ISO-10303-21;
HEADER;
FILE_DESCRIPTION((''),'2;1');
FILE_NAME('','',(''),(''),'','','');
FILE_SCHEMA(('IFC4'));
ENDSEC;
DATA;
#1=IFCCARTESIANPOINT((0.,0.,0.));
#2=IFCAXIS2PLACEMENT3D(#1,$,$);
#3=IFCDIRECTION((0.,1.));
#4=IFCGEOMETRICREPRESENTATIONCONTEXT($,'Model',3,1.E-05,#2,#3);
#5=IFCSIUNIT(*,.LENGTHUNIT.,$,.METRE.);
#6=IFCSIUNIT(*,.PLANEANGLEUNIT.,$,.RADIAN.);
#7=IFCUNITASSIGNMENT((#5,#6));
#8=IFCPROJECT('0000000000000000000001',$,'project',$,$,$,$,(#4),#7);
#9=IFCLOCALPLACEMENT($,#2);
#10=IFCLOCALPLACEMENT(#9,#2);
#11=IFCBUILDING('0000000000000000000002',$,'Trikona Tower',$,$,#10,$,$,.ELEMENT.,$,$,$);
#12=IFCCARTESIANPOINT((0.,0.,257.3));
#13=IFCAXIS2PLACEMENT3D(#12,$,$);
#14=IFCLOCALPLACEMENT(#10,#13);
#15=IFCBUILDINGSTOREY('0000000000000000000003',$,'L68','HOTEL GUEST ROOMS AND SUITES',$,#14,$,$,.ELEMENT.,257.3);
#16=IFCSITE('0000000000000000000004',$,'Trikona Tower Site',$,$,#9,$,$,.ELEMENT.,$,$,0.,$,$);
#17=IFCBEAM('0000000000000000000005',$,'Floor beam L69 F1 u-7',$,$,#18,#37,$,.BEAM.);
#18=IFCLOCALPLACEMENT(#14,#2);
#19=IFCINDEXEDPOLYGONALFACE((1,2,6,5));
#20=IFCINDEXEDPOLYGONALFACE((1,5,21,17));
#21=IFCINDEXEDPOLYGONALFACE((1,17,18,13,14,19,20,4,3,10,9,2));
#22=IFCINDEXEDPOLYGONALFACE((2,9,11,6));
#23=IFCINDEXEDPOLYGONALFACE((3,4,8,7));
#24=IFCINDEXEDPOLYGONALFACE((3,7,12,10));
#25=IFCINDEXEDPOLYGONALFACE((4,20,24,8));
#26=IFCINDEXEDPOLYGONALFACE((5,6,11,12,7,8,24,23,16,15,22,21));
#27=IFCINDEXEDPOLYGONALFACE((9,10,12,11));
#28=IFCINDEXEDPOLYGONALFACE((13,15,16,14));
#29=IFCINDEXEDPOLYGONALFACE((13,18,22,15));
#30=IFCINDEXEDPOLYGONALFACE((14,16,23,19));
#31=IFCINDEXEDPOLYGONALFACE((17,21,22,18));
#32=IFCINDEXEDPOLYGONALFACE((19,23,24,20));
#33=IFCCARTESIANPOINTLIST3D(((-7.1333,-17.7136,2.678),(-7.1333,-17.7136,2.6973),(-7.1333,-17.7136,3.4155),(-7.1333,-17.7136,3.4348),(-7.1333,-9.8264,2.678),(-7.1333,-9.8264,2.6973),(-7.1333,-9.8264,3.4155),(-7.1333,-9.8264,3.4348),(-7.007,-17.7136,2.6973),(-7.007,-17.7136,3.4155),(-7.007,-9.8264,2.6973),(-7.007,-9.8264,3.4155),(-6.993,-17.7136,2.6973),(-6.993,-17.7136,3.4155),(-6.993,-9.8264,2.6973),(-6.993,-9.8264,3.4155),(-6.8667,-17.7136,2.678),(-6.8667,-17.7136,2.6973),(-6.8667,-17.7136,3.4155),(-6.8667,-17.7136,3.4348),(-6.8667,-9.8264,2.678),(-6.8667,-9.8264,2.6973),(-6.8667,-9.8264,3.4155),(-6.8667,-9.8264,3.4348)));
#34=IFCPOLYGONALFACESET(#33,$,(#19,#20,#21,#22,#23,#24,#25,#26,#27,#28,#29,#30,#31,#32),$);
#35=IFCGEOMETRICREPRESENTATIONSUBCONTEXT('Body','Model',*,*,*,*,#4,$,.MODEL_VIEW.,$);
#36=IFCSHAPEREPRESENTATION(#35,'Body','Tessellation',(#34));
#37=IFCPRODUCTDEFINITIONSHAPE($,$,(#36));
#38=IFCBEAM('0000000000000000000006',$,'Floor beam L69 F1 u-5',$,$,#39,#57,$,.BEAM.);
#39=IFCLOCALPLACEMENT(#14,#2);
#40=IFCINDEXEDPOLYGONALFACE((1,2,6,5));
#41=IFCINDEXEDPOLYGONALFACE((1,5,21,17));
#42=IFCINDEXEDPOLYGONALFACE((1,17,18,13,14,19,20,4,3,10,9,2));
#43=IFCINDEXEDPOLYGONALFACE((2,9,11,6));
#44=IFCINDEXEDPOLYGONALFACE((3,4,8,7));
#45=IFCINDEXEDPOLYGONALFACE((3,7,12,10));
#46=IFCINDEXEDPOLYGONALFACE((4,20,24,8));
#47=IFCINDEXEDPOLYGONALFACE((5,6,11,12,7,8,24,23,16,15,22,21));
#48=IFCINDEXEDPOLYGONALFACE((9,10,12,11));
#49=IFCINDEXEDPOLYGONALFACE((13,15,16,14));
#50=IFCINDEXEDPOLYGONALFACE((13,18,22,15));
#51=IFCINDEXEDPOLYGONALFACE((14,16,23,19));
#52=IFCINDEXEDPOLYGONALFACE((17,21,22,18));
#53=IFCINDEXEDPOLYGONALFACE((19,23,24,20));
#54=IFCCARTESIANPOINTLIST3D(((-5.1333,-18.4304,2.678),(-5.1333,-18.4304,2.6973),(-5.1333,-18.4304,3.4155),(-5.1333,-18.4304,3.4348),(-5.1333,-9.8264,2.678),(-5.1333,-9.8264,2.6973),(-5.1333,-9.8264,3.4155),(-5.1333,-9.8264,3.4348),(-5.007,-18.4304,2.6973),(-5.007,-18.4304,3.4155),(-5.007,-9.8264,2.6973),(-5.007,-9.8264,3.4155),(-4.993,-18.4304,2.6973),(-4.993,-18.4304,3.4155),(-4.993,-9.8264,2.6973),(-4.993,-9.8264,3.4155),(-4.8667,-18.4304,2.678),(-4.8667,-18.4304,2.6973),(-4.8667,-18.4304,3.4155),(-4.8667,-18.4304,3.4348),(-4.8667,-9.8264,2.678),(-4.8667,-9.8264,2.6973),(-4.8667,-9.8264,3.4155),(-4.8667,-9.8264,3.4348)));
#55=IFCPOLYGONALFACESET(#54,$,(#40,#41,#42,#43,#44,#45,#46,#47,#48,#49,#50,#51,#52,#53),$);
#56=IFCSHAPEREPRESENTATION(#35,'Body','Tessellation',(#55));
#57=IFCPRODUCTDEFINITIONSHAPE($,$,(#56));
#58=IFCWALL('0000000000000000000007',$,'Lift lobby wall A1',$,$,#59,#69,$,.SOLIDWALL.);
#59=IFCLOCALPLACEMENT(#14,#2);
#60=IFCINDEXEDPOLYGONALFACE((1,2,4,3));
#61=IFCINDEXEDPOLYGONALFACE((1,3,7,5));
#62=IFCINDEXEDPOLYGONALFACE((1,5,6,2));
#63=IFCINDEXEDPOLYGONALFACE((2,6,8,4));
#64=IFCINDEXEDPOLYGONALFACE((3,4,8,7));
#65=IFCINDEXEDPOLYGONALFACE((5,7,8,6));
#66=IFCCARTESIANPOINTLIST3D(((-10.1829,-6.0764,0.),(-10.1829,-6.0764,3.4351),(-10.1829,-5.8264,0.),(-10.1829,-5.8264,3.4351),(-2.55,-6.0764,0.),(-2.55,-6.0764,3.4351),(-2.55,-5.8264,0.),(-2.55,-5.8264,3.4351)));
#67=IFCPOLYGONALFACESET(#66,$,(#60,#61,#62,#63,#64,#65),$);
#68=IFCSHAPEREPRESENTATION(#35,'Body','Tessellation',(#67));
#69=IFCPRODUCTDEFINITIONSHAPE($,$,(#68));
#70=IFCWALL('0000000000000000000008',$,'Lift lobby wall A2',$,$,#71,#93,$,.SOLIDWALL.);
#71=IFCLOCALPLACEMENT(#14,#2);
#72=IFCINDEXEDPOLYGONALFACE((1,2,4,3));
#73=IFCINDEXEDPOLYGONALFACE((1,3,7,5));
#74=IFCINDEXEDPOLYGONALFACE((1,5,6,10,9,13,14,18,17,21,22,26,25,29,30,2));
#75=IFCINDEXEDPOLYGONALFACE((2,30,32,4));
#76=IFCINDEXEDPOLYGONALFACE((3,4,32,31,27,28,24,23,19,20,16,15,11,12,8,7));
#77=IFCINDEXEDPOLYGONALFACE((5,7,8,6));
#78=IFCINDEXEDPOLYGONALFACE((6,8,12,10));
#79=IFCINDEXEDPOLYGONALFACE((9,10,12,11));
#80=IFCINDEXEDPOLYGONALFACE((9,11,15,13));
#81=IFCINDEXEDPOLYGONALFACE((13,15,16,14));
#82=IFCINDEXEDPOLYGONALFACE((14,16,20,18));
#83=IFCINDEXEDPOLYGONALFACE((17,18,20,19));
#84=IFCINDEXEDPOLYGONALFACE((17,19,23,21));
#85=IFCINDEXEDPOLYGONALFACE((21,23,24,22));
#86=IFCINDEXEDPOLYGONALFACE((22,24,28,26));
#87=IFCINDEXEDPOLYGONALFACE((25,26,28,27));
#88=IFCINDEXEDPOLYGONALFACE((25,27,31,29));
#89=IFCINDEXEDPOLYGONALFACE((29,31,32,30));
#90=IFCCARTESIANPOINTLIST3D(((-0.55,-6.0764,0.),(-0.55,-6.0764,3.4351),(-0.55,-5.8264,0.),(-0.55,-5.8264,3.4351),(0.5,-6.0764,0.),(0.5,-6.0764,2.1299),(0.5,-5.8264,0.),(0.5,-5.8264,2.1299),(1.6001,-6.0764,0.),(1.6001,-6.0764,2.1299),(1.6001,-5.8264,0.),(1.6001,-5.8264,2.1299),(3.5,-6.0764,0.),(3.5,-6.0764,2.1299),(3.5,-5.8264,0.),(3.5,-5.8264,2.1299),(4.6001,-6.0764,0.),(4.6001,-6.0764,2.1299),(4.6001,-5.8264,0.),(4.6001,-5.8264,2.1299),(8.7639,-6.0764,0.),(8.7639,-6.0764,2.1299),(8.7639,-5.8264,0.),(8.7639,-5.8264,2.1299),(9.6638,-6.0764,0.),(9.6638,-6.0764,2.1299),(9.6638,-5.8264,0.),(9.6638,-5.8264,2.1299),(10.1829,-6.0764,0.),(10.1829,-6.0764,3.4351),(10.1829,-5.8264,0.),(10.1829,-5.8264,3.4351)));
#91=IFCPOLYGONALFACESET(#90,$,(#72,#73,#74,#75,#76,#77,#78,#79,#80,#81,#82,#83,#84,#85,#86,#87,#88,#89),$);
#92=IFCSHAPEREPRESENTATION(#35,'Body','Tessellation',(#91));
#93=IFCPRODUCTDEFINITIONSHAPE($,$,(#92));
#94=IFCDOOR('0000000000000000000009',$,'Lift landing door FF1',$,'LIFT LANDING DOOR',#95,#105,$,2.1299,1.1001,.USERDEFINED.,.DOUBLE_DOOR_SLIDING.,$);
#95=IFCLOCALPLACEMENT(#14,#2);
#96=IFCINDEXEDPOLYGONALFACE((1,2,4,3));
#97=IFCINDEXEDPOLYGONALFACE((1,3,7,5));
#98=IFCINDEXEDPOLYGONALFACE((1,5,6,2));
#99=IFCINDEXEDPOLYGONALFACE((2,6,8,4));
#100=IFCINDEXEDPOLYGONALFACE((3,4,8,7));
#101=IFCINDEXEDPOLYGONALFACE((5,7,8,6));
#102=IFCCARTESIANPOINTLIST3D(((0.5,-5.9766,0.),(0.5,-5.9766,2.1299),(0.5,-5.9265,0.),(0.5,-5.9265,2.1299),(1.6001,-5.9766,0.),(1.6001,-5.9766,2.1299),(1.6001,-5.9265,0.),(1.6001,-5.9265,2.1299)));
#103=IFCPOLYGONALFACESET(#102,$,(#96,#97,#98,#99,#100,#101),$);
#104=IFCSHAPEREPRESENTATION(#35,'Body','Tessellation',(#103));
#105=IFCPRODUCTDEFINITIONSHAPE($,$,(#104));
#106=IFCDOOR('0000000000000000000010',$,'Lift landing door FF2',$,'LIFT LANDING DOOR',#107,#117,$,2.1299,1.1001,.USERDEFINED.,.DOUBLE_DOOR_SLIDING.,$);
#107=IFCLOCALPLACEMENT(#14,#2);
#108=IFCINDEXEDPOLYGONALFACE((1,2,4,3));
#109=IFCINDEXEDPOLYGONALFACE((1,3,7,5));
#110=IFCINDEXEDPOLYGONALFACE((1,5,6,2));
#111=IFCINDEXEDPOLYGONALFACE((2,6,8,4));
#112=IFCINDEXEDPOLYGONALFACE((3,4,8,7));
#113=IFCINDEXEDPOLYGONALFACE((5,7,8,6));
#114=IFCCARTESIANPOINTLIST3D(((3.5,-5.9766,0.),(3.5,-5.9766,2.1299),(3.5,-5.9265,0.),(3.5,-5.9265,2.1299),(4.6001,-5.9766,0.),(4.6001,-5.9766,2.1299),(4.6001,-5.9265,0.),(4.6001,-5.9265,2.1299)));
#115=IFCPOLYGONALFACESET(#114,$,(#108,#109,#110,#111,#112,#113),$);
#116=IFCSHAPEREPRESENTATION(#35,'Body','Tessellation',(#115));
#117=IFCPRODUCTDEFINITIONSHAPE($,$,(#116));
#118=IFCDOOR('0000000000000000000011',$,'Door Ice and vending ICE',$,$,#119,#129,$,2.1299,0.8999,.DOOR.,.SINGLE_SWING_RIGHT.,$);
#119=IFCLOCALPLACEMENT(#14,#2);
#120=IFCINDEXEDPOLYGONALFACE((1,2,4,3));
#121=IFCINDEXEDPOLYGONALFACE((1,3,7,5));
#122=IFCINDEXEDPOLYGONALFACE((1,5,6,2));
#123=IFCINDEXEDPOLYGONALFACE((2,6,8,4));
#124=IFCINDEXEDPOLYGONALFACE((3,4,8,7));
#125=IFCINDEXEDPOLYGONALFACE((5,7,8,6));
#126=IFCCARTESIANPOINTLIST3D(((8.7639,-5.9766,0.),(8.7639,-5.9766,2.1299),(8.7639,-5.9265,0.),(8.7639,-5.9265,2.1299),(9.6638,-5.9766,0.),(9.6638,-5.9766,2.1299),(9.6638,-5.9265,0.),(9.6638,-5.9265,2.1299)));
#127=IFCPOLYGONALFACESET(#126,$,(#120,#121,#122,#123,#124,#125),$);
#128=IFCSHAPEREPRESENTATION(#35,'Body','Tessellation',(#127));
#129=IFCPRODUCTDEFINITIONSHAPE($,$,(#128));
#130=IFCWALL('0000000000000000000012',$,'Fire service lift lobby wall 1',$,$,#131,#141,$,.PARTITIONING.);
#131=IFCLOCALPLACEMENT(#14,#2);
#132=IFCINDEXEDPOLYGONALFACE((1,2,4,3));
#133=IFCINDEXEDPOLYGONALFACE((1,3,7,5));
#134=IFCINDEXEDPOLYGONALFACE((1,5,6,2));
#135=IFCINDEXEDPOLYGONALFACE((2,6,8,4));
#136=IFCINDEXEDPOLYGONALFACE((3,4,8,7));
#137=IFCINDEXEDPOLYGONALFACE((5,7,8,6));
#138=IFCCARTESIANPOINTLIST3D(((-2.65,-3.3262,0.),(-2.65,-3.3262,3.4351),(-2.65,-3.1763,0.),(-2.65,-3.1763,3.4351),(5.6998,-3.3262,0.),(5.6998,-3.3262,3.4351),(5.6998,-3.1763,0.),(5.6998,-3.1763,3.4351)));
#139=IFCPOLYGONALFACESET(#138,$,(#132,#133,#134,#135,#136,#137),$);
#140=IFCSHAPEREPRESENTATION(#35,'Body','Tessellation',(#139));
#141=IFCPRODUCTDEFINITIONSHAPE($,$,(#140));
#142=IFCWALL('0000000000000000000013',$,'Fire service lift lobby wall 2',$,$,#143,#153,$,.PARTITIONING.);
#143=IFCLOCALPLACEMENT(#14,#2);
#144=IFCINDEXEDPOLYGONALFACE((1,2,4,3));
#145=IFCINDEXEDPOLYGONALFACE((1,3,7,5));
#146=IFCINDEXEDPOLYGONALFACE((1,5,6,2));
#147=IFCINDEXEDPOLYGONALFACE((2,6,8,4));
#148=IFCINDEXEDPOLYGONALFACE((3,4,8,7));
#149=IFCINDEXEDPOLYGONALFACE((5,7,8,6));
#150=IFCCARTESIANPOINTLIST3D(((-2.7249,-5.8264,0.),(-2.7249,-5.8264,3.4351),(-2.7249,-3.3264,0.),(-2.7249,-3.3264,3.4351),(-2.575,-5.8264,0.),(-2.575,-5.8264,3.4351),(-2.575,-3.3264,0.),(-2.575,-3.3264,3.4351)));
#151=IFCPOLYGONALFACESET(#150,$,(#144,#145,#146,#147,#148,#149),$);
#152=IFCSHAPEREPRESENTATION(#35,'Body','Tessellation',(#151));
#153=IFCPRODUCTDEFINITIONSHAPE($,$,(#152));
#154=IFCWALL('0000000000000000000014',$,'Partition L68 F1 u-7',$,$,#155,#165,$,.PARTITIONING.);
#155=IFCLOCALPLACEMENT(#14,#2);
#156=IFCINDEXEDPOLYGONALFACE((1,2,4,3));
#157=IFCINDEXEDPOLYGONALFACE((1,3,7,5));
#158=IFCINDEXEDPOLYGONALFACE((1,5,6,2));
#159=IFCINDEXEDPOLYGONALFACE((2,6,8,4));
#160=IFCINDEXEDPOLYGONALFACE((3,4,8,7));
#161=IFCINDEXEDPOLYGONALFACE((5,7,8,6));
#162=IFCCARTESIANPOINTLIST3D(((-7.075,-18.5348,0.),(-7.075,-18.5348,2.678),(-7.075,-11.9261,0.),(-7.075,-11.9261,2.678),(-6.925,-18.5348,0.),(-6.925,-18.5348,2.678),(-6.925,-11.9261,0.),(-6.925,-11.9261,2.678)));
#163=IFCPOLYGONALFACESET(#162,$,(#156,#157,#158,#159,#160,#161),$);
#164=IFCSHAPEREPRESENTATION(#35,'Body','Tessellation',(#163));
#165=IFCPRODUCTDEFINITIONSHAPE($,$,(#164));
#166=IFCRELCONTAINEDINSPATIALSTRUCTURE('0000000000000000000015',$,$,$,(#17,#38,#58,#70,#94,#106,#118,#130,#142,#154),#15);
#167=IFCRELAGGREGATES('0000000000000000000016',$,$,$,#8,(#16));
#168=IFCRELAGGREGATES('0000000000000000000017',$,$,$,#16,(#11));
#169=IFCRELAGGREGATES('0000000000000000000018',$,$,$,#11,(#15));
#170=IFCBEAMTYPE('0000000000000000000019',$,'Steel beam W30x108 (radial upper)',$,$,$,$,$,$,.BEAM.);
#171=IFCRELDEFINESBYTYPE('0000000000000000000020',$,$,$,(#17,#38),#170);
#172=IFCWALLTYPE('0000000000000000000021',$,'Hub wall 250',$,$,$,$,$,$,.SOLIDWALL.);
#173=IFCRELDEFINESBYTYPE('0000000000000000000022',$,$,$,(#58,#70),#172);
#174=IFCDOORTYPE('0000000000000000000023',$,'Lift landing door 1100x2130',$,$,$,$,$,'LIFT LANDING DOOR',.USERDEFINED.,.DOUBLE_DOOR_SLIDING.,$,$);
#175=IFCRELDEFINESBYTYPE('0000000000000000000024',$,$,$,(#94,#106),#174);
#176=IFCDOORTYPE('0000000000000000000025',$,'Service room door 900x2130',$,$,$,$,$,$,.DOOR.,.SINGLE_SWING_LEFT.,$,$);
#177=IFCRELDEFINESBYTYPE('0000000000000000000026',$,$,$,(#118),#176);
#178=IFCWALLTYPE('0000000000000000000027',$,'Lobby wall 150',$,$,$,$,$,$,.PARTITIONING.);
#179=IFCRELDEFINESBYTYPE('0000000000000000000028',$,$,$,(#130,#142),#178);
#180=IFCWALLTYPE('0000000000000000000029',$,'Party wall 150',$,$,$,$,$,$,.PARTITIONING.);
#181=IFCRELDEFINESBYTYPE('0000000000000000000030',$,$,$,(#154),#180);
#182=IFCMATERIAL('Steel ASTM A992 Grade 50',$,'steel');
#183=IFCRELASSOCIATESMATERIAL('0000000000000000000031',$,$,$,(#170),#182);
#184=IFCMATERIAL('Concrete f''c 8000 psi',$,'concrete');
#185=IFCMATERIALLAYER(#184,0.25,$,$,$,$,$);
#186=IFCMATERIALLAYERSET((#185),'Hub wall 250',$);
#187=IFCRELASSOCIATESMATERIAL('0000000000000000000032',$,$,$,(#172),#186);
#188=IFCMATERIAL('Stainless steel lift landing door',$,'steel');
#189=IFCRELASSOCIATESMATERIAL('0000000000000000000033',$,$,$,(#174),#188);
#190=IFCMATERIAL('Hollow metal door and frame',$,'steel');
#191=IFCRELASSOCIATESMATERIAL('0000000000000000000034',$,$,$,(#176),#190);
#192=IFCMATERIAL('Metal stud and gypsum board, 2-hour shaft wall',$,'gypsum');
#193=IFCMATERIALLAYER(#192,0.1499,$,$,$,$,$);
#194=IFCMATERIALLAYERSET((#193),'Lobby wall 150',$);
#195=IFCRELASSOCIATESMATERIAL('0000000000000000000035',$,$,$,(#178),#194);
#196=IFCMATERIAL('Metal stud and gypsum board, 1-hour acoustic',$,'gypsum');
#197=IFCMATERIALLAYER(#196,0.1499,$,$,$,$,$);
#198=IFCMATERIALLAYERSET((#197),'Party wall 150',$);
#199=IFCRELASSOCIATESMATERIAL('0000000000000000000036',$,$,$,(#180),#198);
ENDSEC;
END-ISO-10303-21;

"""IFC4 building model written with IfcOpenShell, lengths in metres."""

from ifc_helpers import new_model, si_unit, direction, frame, frame_2d, origin, origin_2d, place, context, subcontext, project, spatial, rectangle, i_section, extrude, material, layer, layer_set, material_profile, profile_set, type_object, element, fill, save


model = new_model("IFC4")

# Units and contexts
model_context = context("Model", 3, precision=1e-05, world=origin(), true_north=direction((0.0, 1.0)))
body_context = subcontext(model_context, "Body", "Model", "MODEL_VIEW")
ifc_project = project(units=[si_unit("LENGTHUNIT", "METRE"), si_unit("PLANEANGLEUNIT", "RADIAN")], contexts=[model_context])

# Site, building, storey
site_placement = place(None, origin())
site = spatial("IfcSite", under=ifc_project, at=site_placement, Name="Trikona Tower Site", CompositionType="ELEMENT", RefElevation=0.0)
building_placement = place(site_placement, origin())
building = spatial("IfcBuilding", under=site, at=building_placement, Name="Trikona Tower", CompositionType="ELEMENT")
storey_placement = place(building_placement, frame((0.0, 0.0, 257.3)))
storey = spatial("IfcBuildingStorey", under=building, at=storey_placement, Name="L68", Description="HOTEL GUEST ROOMS AND SUITES", CompositionType="ELEMENT", Elevation=257.3)

# Beams
ifc_material_1 = material(Name="Steel ASTM A992 Grade 50", Category="steel")
ifc_material_profile = material_profile(ifc_material_1, i_section(OverallWidth=0.2666, OverallDepth=0.7568, WebThickness=0.0139, FlangeThickness=0.0193, at=origin_2d()), Name="W30X108")
ifc_profile_set = profile_set([ifc_material_profile], Name="Steel ASTM A992 Grade 50")
beam_type = type_object("IfcBeamType", Name="Steel beam W30x108 (radial upper)", PredefinedType="BEAM", material=ifc_profile_set)
beam_1_placement = place(storey_placement, frame((-7.0, -9.8264, 3.0564), z_axis=(0.0, -1.0, 0.0), x_axis=(1.0, 0.0, 0.0)))
element("IfcBeam", 1, at=beam_1_placement, inside=storey, type_object=beam_type, Name="Floor beam L69 F1 u-7", PredefinedType="BEAM", context=body_context, shape_type="SweptSolid", body=[
    extrude(i_section(OverallWidth=0.2666, OverallDepth=0.7568, WebThickness=0.0139, FlangeThickness=0.0193, at=origin_2d()), origin(), (0.0, 0.0, 1.0), 7.8872),
])
beam_2_placement = place(storey_placement, frame((-5.0, -9.8264, 3.0564), z_axis=(0.0, -1.0, 0.0), x_axis=(1.0, 0.0, 0.0)))
element("IfcBeam", 2, at=beam_2_placement, inside=storey, type_object=beam_type, Name="Floor beam L69 F1 u-5", PredefinedType="BEAM", context=body_context, shape_type="SweptSolid", body=[
    extrude(i_section(OverallWidth=0.2666, OverallDepth=0.7568, WebThickness=0.0139, FlangeThickness=0.0193, at=origin_2d()), origin(), (0.0, 0.0, 1.0), 8.604),
])

# Wall
ifc_material_2 = material(Name="Concrete f'c 8000 psi", Category="concrete")
ifc_layer_1 = layer(ifc_material_2, 0.25)
ifc_layer_set_1 = layer_set([ifc_layer_1], Name="Hub wall 250")
wall_type_1 = type_object("IfcWallType", Name="Hub wall 250", PredefinedType="SOLIDWALL", material=ifc_layer_set_1)
wall_1_placement = place(storey_placement, frame((-10.1829, -5.9514, 0.0), z_axis=(0.0, 0.0, 1.0), x_axis=(1.0, 0.0, 0.0)))
element("IfcWall", 3, at=wall_1_placement, inside=storey, type_object=wall_type_1, Name="Lift lobby wall A1", PredefinedType="SOLIDWALL", context=body_context, shape_type="SweptSolid", body=[
    extrude(rectangle(XDim=7.6328, YDim=0.25, at=frame_2d((3.8164, 0.0))), origin(), (0.0, 0.0, 1.0), 3.4351),
])

# Wall, openings, doors
wall_2_placement = place(storey_placement, frame((-0.55, -5.9514, 0.0), z_axis=(0.0, 0.0, 1.0), x_axis=(1.0, 0.0, 0.0)))
wall_2 = element("IfcWall", 4, at=wall_2_placement, inside=storey, type_object=wall_type_1, Name="Lift lobby wall A2", PredefinedType="SOLIDWALL", context=body_context, shape_type="SweptSolid", body=[
    extrude(rectangle(XDim=10.7329, YDim=0.25, at=frame_2d((5.3665, 0.0))), origin(), (0.0, 0.0, 1.0), 3.4351),
])
opening_1_placement = place(wall_2_placement, frame((9.314, 0.0, 0.0)))
opening_1 = element("IfcOpeningElement", 5, at=opening_1_placement, cuts=wall_2, PredefinedType="OPENING", context=body_context, shape_type="SweptSolid", body=[
    extrude(rectangle(XDim=0.8999, YDim=2.1299, at=frame_2d((0.45, 1.0649))), frame((0.0, 0.135, 0.0), z_axis=(0.0, -1.0, 0.0), x_axis=(1.0, 0.0, 0.0)), (0.0, 0.0, 1.0), 0.27),
])
opening_2_placement = place(wall_2_placement, frame((1.05, 0.0, 0.0)))
opening_2 = element("IfcOpeningElement", 6, at=opening_2_placement, cuts=wall_2, PredefinedType="OPENING", context=body_context, shape_type="SweptSolid", body=[
    extrude(rectangle(XDim=1.1001, YDim=2.1299, at=frame_2d((0.55, 1.0649))), frame((0.0, 0.135, 0.0), z_axis=(0.0, -1.0, 0.0), x_axis=(1.0, 0.0, 0.0)), (0.0, 0.0, 1.0), 0.27),
])
opening_3_placement = place(wall_2_placement, frame((4.05, 0.0, 0.0)))
opening_3 = element("IfcOpeningElement", 7, at=opening_3_placement, cuts=wall_2, PredefinedType="OPENING", context=body_context, shape_type="SweptSolid", body=[
    extrude(rectangle(XDim=1.1001, YDim=2.1299, at=frame_2d((0.55, 1.0649))), frame((0.0, 0.135, 0.0), z_axis=(0.0, -1.0, 0.0), x_axis=(1.0, 0.0, 0.0)), (0.0, 0.0, 1.0), 0.27),
])
ifc_material_3 = material(Name="Stainless steel lift landing door", Category="steel")
door_type_1 = type_object("IfcDoorType", Name="Lift landing door 1100x2130", ElementType="LIFT LANDING DOOR", OperationType="DOUBLE_DOOR_SLIDING", PredefinedType="USERDEFINED", material=ifc_material_3)
door_1_placement = place(opening_2_placement, origin())
door_1 = element("IfcDoor", 8, at=door_1_placement, inside=storey, type_object=door_type_1, Name="Lift landing door FF1", ObjectType="LIFT LANDING DOOR", OperationType="DOUBLE_DOOR_SLIDING", OverallHeight=2.1299, OverallWidth=1.1001, PredefinedType="USERDEFINED", context=body_context, shape_type="SweptSolid", body=[
    extrude(rectangle(XDim=1.1001, YDim=2.1299, at=frame_2d((0.55, 1.0649))), frame((0.0, 0.0249, 0.0), z_axis=(0.0, -1.0, 0.0), x_axis=(1.0, 0.0, 0.0)), (0.0, 0.0, 1.0), 0.05),
])
fill(opening_2, door_1)
door_2_placement = place(opening_3_placement, origin())
door_2 = element("IfcDoor", 9, at=door_2_placement, inside=storey, type_object=door_type_1, Name="Lift landing door FF2", ObjectType="LIFT LANDING DOOR", OperationType="DOUBLE_DOOR_SLIDING", OverallHeight=2.1299, OverallWidth=1.1001, PredefinedType="USERDEFINED", context=body_context, shape_type="SweptSolid", body=[
    extrude(rectangle(XDim=1.1001, YDim=2.1299, at=frame_2d((0.55, 1.0649))), frame((0.0, 0.0249, 0.0), z_axis=(0.0, -1.0, 0.0), x_axis=(1.0, 0.0, 0.0)), (0.0, 0.0, 1.0), 0.05),
])
fill(opening_3, door_2)
ifc_material_4 = material(Name="Hollow metal door and frame", Category="steel")
door_type_2 = type_object("IfcDoorType", Name="Service room door 900x2130", OperationType="SINGLE_SWING_LEFT", PredefinedType="DOOR", material=ifc_material_4)
door_3_placement = place(opening_1_placement, origin())
door_3 = element("IfcDoor", 10, at=door_3_placement, inside=storey, type_object=door_type_2, Name="Door Ice and vending ICE", OperationType="SINGLE_SWING_RIGHT", OverallHeight=2.1299, OverallWidth=0.8999, PredefinedType="DOOR", context=body_context, shape_type="SweptSolid", body=[
    extrude(rectangle(XDim=0.8999, YDim=2.1299, at=frame_2d((0.45, 1.0649))), frame((0.0, 0.0249, 0.0), z_axis=(0.0, -1.0, 0.0), x_axis=(1.0, 0.0, 0.0)), (0.0, 0.0, 1.0), 0.05),
])
fill(opening_1, door_3)

# Walls
ifc_material_5 = material(Name="Metal stud and gypsum board, 2-hour shaft wall", Category="gypsum")
ifc_layer_2 = layer(ifc_material_5, 0.1499)
ifc_layer_set_2 = layer_set([ifc_layer_2], Name="Lobby wall 150")
wall_type_2 = type_object("IfcWallType", Name="Lobby wall 150", PredefinedType="PARTITIONING", material=ifc_layer_set_2)
wall_3_placement = place(storey_placement, frame((-2.6499, -3.2512, 0.0), z_axis=(0.0, 0.0, 1.0), x_axis=(1.0, 0.0, 0.0)))
element("IfcWall", 11, at=wall_3_placement, inside=storey, type_object=wall_type_2, Name="Fire service lift lobby wall 1", PredefinedType="PARTITIONING", context=body_context, shape_type="SweptSolid", body=[
    extrude(rectangle(XDim=8.3499, YDim=0.1499, at=frame_2d((4.1748, 0.0))), origin(), (0.0, 0.0, 1.0), 3.4351),
])
wall_4_placement = place(storey_placement, frame((-2.6499, -5.8264, 0.0), z_axis=(0.0, 0.0, 1.0), x_axis=(0.0, 1.0, 0.0)))
element("IfcWall", 12, at=wall_4_placement, inside=storey, type_object=wall_type_2, Name="Fire service lift lobby wall 2", PredefinedType="PARTITIONING", context=body_context, shape_type="SweptSolid", body=[
    extrude(rectangle(XDim=2.5, YDim=0.1499, at=frame_2d((1.25, 0.0))), origin(), (0.0, 0.0, 1.0), 3.4351),
])
ifc_material_6 = material(Name="Metal stud and gypsum board, 1-hour acoustic", Category="gypsum")
ifc_layer_3 = layer(ifc_material_6, 0.1499)
ifc_layer_set_3 = layer_set([ifc_layer_3], Name="Party wall 150")
wall_type_3 = type_object("IfcWallType", Name="Party wall 150", PredefinedType="PARTITIONING", material=ifc_layer_set_3)
wall_5_placement = place(storey_placement, frame((-7.0, -11.9263, 0.0), z_axis=(0.0, 0.0, 1.0), x_axis=(0.0, -1.0, 0.0)))
element("IfcWall", 13, at=wall_5_placement, inside=storey, type_object=wall_type_3, Name="Partition L68 F1 u-7", PredefinedType="PARTITIONING", context=body_context, shape_type="SweptSolid", body=[
    extrude(rectangle(XDim=6.6086, YDim=0.1499, at=frame_2d((3.3042, 0.0))), origin(), (0.0, 0.0, 1.0), 2.678),
])

save(model, "model.ifc")
